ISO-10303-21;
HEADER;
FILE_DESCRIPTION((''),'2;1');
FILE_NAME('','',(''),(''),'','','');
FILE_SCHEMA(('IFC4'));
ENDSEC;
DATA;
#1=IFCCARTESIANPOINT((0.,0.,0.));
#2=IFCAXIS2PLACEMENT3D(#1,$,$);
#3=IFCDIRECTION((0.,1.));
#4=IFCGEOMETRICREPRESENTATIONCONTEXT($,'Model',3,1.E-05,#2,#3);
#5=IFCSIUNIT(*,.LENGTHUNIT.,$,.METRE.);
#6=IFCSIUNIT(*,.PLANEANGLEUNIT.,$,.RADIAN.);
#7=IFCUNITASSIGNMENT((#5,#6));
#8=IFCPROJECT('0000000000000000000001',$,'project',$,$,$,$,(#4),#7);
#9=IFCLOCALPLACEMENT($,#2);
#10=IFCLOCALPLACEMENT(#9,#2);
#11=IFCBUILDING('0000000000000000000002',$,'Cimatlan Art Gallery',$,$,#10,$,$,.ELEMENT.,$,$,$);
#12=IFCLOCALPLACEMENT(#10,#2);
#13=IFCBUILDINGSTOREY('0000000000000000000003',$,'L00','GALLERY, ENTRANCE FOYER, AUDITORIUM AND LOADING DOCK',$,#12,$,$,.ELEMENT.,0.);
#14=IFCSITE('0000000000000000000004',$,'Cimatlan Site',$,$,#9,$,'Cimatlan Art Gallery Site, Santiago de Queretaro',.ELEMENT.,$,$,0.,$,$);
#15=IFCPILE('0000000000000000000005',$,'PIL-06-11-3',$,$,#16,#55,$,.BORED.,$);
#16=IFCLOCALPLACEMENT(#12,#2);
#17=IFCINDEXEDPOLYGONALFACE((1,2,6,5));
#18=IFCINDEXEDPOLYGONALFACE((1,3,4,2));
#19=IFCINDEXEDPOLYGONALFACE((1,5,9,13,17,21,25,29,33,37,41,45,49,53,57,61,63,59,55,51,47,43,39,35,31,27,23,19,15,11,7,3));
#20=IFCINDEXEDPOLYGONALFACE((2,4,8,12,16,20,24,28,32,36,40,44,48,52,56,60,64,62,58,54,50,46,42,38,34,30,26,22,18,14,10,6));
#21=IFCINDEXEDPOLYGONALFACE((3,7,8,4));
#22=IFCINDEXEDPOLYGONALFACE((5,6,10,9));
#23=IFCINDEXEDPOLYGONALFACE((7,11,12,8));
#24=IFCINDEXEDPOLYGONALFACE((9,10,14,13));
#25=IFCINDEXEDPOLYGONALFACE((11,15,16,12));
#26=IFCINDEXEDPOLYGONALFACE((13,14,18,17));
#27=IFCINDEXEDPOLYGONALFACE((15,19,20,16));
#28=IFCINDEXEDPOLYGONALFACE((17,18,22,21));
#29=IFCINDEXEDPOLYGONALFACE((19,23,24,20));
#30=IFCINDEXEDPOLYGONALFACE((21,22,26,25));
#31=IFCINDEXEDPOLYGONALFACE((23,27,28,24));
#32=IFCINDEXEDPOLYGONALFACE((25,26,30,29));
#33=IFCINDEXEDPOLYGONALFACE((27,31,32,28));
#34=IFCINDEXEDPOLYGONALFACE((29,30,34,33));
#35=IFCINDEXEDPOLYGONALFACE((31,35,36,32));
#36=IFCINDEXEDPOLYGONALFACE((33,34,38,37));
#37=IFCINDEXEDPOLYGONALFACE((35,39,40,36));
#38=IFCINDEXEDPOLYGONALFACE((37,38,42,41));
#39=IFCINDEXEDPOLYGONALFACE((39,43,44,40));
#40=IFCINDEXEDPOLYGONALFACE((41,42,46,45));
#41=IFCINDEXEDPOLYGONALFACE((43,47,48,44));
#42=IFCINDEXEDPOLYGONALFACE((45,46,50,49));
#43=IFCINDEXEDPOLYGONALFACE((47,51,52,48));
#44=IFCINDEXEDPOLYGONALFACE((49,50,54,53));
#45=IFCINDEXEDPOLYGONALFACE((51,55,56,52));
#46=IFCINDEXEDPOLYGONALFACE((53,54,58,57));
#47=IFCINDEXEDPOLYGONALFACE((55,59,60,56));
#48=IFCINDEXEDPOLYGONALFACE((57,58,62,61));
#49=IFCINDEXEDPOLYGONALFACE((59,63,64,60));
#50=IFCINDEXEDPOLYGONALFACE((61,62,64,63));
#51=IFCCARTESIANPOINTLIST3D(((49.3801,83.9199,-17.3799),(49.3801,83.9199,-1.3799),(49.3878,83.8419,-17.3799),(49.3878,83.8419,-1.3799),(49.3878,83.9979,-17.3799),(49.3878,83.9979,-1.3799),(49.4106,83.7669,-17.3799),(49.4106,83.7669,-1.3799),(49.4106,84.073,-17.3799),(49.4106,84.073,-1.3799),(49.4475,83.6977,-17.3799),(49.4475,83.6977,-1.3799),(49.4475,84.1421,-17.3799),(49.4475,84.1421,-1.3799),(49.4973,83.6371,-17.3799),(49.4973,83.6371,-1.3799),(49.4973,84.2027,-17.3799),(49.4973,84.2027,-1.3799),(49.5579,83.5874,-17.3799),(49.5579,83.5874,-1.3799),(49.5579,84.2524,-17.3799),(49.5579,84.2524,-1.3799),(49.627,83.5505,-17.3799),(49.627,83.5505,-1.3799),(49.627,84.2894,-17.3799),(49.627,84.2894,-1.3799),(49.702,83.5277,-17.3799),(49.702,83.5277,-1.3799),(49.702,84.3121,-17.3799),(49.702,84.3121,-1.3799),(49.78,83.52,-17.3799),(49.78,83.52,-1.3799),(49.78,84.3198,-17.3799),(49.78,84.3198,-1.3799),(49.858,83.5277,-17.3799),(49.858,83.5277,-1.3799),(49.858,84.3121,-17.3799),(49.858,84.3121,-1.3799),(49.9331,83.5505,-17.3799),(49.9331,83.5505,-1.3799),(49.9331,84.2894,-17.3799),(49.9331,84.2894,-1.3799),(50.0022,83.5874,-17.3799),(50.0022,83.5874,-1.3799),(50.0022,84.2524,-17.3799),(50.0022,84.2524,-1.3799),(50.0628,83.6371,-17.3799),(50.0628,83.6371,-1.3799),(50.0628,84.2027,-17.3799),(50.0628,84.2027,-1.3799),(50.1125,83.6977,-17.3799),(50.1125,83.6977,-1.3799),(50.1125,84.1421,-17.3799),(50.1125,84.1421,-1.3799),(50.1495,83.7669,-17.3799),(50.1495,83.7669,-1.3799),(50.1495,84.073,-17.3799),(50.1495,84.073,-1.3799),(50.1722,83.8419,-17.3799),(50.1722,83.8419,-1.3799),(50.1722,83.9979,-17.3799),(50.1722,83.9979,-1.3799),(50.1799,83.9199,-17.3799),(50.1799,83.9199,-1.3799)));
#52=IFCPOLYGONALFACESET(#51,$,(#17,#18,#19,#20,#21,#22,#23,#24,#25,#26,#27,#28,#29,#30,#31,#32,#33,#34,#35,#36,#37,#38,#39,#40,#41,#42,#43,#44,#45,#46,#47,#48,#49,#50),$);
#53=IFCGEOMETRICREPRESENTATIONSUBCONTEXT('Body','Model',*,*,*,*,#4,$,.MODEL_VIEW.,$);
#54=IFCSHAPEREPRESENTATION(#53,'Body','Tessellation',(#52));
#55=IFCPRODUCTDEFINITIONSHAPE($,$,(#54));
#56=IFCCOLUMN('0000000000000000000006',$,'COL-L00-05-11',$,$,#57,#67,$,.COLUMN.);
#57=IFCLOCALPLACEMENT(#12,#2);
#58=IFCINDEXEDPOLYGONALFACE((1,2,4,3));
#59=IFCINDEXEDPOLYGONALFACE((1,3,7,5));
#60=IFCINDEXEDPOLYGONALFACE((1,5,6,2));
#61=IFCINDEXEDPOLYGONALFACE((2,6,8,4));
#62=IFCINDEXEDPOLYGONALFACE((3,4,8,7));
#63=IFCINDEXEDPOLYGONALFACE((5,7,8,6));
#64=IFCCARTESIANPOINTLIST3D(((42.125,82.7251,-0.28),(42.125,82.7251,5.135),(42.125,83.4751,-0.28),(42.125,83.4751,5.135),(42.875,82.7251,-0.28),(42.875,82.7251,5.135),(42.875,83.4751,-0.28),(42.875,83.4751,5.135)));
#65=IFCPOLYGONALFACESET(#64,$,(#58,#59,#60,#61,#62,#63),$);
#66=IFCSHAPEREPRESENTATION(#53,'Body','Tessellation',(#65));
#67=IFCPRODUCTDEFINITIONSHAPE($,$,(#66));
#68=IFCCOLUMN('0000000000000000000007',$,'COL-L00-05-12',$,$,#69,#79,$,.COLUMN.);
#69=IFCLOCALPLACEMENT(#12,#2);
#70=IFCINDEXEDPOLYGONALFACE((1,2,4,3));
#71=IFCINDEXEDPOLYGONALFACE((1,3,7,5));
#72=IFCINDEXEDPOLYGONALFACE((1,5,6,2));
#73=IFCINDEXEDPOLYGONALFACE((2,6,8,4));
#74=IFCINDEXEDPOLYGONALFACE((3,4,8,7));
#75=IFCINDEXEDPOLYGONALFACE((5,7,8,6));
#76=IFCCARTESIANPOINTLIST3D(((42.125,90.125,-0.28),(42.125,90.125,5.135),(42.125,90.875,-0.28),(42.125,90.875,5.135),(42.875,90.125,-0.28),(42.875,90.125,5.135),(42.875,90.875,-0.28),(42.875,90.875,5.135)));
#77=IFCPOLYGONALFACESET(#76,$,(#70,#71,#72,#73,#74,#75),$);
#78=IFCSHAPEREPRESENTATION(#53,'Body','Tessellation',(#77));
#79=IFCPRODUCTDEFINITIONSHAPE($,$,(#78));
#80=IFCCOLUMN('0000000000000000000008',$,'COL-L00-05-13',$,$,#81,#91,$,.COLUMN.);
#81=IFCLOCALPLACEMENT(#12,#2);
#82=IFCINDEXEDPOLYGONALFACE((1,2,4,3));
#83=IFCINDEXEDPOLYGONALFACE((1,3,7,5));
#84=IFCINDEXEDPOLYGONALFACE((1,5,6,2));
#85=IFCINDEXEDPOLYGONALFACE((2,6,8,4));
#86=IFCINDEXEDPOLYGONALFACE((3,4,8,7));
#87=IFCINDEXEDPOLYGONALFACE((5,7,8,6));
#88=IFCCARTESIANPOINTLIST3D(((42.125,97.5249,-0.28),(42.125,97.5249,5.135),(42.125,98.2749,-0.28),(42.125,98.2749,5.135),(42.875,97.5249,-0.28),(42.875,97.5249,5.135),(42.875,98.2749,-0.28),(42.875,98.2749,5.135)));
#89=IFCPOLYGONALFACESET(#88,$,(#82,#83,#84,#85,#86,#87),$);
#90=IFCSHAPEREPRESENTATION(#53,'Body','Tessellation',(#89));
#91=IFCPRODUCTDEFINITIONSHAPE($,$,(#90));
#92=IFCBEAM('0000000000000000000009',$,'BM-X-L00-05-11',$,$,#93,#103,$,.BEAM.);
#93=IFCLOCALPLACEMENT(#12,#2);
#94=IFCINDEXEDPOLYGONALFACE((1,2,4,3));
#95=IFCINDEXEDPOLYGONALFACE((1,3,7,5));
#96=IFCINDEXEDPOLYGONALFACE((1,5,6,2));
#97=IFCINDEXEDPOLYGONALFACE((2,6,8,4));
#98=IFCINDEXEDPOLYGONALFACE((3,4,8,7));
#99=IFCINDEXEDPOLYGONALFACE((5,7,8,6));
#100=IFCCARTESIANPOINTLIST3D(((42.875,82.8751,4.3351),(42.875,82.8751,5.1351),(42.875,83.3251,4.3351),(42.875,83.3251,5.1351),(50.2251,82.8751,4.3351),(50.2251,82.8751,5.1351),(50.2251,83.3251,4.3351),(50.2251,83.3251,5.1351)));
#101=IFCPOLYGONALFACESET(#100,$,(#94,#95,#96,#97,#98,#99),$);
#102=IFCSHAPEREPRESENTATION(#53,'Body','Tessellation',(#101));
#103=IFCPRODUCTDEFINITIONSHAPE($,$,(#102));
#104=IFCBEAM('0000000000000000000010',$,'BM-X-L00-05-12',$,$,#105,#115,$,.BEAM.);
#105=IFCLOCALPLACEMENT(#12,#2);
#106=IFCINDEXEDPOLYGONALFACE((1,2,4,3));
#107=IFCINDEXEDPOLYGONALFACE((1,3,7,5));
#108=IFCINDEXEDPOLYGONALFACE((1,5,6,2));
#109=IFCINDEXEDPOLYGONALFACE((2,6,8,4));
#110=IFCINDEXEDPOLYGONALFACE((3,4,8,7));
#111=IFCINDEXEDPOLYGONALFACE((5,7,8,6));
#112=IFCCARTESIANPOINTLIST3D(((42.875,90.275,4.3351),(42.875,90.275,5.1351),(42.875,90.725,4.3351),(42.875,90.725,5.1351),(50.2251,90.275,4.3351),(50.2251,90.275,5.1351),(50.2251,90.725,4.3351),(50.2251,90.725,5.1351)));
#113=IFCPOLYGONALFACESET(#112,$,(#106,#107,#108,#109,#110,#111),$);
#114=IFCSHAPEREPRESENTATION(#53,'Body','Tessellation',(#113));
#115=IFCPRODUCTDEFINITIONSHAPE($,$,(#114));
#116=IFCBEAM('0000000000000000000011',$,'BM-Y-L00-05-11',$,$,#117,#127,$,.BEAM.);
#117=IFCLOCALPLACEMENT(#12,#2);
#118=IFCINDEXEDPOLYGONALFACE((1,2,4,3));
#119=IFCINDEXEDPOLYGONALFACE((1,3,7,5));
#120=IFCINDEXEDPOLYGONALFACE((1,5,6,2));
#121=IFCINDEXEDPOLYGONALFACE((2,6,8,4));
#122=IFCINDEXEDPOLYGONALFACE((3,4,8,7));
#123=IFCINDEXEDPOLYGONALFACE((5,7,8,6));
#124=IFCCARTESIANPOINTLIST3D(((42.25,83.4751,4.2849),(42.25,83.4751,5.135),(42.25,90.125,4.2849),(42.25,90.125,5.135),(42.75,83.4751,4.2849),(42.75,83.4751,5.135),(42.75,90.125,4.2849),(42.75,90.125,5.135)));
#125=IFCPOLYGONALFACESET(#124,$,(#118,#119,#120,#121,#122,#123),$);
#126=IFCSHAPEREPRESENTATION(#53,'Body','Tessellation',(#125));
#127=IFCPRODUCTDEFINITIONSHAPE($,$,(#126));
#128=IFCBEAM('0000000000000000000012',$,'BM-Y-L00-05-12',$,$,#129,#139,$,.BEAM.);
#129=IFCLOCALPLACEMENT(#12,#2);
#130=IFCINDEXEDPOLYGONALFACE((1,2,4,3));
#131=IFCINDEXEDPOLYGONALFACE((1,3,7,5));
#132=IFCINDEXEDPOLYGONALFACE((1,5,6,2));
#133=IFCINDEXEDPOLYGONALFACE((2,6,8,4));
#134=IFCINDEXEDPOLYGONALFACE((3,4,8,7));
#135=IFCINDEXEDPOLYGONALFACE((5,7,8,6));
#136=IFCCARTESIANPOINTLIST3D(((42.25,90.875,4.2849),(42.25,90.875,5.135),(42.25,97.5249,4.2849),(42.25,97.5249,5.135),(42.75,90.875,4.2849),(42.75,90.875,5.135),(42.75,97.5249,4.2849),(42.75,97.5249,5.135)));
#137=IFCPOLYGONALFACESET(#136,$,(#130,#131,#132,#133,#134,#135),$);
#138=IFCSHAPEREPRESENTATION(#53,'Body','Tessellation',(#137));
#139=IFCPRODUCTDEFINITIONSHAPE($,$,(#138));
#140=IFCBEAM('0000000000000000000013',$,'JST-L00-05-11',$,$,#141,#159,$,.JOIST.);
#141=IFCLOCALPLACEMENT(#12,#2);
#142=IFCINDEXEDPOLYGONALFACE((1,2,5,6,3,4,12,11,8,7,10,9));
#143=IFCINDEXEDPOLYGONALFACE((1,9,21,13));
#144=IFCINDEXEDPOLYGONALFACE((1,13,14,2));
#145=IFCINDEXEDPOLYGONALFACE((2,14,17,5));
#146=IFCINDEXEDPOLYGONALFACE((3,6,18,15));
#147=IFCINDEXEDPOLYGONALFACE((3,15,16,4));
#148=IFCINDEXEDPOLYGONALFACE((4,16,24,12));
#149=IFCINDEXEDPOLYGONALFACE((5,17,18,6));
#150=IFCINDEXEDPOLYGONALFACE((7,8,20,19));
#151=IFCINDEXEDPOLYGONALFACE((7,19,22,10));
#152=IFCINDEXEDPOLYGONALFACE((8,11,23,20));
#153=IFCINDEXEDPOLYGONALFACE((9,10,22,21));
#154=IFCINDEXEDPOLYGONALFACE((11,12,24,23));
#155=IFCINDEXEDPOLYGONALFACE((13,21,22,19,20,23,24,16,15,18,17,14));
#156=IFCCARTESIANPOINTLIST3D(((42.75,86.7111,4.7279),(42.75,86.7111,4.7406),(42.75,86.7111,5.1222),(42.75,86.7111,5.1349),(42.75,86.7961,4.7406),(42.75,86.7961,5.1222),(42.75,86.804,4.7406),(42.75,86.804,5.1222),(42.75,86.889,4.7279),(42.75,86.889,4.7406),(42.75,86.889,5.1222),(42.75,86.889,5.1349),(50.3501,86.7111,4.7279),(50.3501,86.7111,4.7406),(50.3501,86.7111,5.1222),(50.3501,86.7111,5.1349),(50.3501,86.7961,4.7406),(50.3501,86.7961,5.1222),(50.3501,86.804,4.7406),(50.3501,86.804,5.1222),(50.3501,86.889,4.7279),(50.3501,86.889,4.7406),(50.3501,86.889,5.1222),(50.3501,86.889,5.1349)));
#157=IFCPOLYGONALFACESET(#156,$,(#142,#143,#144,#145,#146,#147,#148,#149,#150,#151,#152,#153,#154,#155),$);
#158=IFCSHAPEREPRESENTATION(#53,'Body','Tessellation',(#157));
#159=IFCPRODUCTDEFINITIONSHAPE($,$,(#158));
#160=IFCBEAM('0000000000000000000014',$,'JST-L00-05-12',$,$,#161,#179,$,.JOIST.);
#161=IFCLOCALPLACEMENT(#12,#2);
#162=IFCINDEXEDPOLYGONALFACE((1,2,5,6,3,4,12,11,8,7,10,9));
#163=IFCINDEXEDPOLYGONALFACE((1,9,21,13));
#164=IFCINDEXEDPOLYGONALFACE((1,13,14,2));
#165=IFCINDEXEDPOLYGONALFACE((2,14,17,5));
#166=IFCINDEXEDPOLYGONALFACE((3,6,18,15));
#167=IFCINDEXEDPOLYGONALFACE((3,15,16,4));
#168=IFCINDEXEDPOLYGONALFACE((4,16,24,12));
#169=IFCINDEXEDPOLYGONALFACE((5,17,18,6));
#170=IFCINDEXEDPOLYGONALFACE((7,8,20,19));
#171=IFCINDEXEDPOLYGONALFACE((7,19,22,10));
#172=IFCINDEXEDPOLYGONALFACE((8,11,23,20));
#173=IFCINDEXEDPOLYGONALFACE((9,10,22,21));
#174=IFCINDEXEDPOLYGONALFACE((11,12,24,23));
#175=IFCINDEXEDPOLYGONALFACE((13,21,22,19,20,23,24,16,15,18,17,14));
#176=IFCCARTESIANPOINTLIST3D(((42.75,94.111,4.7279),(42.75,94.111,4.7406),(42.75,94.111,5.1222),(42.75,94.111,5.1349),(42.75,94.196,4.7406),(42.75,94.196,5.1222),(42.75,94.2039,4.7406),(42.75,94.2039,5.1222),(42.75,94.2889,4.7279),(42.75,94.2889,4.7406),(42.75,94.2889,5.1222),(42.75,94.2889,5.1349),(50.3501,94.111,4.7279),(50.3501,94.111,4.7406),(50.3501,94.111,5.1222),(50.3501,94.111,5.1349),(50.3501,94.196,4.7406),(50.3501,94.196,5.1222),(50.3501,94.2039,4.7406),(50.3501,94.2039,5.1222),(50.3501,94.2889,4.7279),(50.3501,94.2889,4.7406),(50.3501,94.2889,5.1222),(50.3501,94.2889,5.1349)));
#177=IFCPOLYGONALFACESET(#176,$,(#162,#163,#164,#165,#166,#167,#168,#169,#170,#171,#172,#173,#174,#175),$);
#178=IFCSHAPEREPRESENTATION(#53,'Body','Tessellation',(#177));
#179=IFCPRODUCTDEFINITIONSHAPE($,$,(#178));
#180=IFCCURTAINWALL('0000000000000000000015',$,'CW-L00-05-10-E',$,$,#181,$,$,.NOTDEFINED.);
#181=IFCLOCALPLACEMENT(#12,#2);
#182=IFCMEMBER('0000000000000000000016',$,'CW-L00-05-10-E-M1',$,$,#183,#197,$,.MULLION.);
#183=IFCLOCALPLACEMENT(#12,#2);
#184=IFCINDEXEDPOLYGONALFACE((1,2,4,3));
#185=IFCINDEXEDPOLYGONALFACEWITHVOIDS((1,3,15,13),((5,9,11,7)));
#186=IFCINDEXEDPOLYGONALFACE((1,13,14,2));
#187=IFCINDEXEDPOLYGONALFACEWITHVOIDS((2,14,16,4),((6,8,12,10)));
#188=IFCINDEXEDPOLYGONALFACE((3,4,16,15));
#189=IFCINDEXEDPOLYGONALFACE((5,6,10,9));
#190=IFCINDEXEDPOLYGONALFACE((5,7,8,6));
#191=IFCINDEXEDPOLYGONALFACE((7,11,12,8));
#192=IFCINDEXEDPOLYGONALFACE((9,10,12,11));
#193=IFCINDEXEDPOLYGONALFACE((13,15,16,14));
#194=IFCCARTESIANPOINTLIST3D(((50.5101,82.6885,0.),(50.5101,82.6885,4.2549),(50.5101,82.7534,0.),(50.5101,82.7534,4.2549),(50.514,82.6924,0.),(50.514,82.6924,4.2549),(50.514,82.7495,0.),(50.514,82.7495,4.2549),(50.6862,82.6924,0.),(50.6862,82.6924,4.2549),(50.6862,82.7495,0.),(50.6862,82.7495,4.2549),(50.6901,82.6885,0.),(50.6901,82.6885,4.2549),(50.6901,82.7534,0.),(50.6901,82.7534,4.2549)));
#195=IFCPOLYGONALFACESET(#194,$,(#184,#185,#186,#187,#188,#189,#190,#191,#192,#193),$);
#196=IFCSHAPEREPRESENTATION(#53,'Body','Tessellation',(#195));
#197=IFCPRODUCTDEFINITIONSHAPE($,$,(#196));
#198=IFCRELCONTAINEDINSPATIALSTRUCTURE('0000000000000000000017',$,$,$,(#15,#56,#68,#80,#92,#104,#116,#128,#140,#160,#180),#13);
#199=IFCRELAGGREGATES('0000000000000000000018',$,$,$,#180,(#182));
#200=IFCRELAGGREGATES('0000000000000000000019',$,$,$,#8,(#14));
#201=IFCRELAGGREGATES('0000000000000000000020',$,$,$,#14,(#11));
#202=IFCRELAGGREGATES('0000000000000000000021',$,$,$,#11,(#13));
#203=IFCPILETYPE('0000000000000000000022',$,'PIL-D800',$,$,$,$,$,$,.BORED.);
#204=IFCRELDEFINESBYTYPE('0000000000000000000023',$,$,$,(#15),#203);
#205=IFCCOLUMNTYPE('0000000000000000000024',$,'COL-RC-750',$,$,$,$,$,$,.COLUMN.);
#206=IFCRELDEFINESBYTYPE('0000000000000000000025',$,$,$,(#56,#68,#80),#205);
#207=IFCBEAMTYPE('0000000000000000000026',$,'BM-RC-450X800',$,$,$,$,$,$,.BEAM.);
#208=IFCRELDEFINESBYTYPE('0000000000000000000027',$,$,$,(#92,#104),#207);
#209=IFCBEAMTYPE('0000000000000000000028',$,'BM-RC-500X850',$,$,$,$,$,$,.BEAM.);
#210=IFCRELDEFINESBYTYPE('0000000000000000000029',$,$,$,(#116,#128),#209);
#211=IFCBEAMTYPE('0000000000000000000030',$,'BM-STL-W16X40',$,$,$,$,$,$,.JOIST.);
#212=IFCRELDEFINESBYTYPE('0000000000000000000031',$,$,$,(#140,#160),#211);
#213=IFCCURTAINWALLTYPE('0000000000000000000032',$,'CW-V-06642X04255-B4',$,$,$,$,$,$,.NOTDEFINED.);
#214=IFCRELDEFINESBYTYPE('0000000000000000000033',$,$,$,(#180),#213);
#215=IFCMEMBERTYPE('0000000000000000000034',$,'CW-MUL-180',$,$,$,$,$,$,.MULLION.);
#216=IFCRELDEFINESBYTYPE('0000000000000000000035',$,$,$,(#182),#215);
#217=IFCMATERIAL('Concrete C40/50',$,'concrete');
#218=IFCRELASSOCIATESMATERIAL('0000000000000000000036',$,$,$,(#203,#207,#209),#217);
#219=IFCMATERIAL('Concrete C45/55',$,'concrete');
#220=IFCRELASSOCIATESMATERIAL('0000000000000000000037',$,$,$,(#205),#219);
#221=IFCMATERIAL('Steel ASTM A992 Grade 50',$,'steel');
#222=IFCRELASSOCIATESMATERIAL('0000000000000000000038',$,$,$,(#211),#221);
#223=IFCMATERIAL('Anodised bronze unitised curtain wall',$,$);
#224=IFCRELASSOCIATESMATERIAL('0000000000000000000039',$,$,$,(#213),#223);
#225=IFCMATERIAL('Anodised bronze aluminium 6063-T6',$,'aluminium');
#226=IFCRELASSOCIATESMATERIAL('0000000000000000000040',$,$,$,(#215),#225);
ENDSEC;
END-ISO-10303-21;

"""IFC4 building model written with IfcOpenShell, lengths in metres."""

from ifc_helpers import new_model, si_unit, direction, frame, origin, origin_2d, place, context, subcontext, project, spatial, rectangle, hollow_rectangle, circle, i_section, extrude, material, material_profile, profile_set, type_object, element, aggregate, save


model = new_model("IFC4")

# Units and contexts
model_context = context("Model", 3, precision=1e-05, world=origin(), true_north=direction((0.0, 1.0)))
body_context = subcontext(model_context, "Body", "Model", "MODEL_VIEW")
ifc_project = project(units=[si_unit("LENGTHUNIT", "METRE"), si_unit("PLANEANGLEUNIT", "RADIAN")], contexts=[model_context])

# Site, building, storey
site_placement = place(None, origin())
site = spatial("IfcSite", under=ifc_project, at=site_placement, Name="Cimatlan Site", LongName="Cimatlan Art Gallery Site, Santiago de Queretaro", CompositionType="ELEMENT", RefElevation=0.0)
building_placement = place(site_placement, origin())
building = spatial("IfcBuilding", under=site, at=building_placement, Name="Cimatlan Art Gallery", CompositionType="ELEMENT")
storey_placement = place(building_placement, origin())
storey = spatial("IfcBuildingStorey", under=building, at=storey_placement, Name="L00", Description="GALLERY, ENTRANCE FOYER, AUDITORIUM AND LOADING DOCK", CompositionType="ELEMENT", Elevation=0.0)

# Shared definitions
ifc_material_1 = material(Name="Concrete C40/50", Category="concrete")

# Pile
pile_type_1 = type_object("IfcPileType", Name="PIL-D800", PredefinedType="BORED", material=ifc_material_1)
for number, where, z_axis, x_axis, name in (
    (1, (49.78, 83.9199, -1.3799), (0.0, 0.0, -1.0), (1.0, 0.0, 0.0), "PIL-06-11-3"),
):
    element("IfcPile", number, at=place(storey_placement, frame(where, z_axis=z_axis, x_axis=x_axis)), inside=storey, type_object=pile_type_1, Name=name, PredefinedType="BORED", context=body_context, shape_type="SweptSolid", body=[
        extrude(circle(Radius=0.3999, at=origin_2d()), origin(), (0.0, 0.0, 1.0), 16.0),
    ])

# Columns
ifc_material_2 = material(Name="Concrete C45/55", Category="concrete")
ifc_material_profile_1 = material_profile(ifc_material_2, rectangle(XDim=0.75, YDim=0.75, at=origin_2d()), Name="RC750X750")
ifc_profile_set_1 = profile_set([ifc_material_profile_1], Name="Concrete C45/55")
column_type = type_object("IfcColumnType", Name="COL-RC-750", PredefinedType="COLUMN", material=ifc_profile_set_1)
for number, where, z_axis, x_axis, name in (
    (2, (42.5, 83.1001, -0.28), (0.0, 0.0, 1.0), (1.0, 0.0, 0.0), "COL-L00-05-11"),
    (3, (42.5, 90.5, -0.28), (0.0, 0.0, 1.0), (1.0, 0.0, 0.0), "COL-L00-05-12"),
    (4, (42.5, 97.8999, -0.28), (0.0, 0.0, 1.0), (1.0, 0.0, 0.0), "COL-L00-05-13"),
):
    element("IfcColumn", number, at=place(storey_placement, frame(where, z_axis=z_axis, x_axis=x_axis)), inside=storey, type_object=column_type, Name=name, PredefinedType="COLUMN", context=body_context, shape_type="SweptSolid", body=[
        extrude(rectangle(XDim=0.75, YDim=0.75, at=origin_2d()), origin(), (0.0, 0.0, 1.0), 5.415),
    ])

# Beams
ifc_material_profile_2 = material_profile(ifc_material_1, rectangle(XDim=0.45, YDim=0.8, at=origin_2d()), Name="RC450X800")
ifc_profile_set_2 = profile_set([ifc_material_profile_2], Name="Concrete C40/50")
beam_type_1 = type_object("IfcBeamType", Name="BM-RC-450X800", PredefinedType="BEAM", material=ifc_profile_set_2)
for number, where, z_axis, x_axis, name in (
    (5, (42.875, 83.1001, 4.7351), (1.0, 0.0, 0.0), (0.0, 1.0, 0.0), "BM-X-L00-05-11"),
    (6, (42.875, 90.5, 4.7351), (1.0, 0.0, 0.0), (0.0, 1.0, 0.0), "BM-X-L00-05-12"),
):
    element("IfcBeam", number, at=place(storey_placement, frame(where, z_axis=z_axis, x_axis=x_axis)), inside=storey, type_object=beam_type_1, Name=name, PredefinedType="BEAM", context=body_context, shape_type="SweptSolid", body=[
        extrude(rectangle(XDim=0.45, YDim=0.8, at=origin_2d()), origin(), (0.0, 0.0, 1.0), 7.3501),
    ])
ifc_material_profile_3 = material_profile(ifc_material_1, rectangle(XDim=0.5, YDim=0.8501, at=origin_2d()), Name="RC500X850")
ifc_profile_set_3 = profile_set([ifc_material_profile_3], Name="Concrete C40/50")
beam_type_2 = type_object("IfcBeamType", Name="BM-RC-500X850", PredefinedType="BEAM", material=ifc_profile_set_3)
for number, where, z_axis, x_axis, name in (
    (7, (42.5, 83.4751, 4.71), (0.0, 1.0, 0.0), (-1.0, 0.0, 0.0), "BM-Y-L00-05-11"),
    (8, (42.5, 90.875, 4.71), (0.0, 1.0, 0.0), (-1.0, 0.0, 0.0), "BM-Y-L00-05-12"),
):
    element("IfcBeam", number, at=place(storey_placement, frame(where, z_axis=z_axis, x_axis=x_axis)), inside=storey, type_object=beam_type_2, Name=name, PredefinedType="BEAM", context=body_context, shape_type="SweptSolid", body=[
        extrude(rectangle(XDim=0.5, YDim=0.8501, at=origin_2d()), origin(), (0.0, 0.0, 1.0), 6.6499),
    ])
ifc_material_3 = material(Name="Steel ASTM A992 Grade 50", Category="steel")
ifc_material_profile_4 = material_profile(ifc_material_3, i_section(OverallWidth=0.178, OverallDepth=0.407, WebThickness=0.0078, FlangeThickness=0.0127, at=origin_2d()), Name="W16X40")
ifc_profile_set_4 = profile_set([ifc_material_profile_4], Name="Steel ASTM A992 Grade 50")
beam_type_3 = type_object("IfcBeamType", Name="BM-STL-W16X40", PredefinedType="JOIST", material=ifc_profile_set_4)
for number, where, z_axis, x_axis, name in (
    (9, (42.75, 86.8, 4.9314), (1.0, 0.0, 0.0), (0.0, 1.0, 0.0), "JST-L00-05-11"),
    (10, (42.75, 94.2, 4.9314), (1.0, 0.0, 0.0), (0.0, 1.0, 0.0), "JST-L00-05-12"),
):
    element("IfcBeam", number, at=place(storey_placement, frame(where, z_axis=z_axis, x_axis=x_axis)), inside=storey, type_object=beam_type_3, Name=name, PredefinedType="JOIST", context=body_context, shape_type="SweptSolid", body=[
        extrude(i_section(OverallWidth=0.178, OverallDepth=0.407, WebThickness=0.0078, FlangeThickness=0.0127, at=origin_2d()), origin(), (0.0, 0.0, 1.0), 7.6001),
    ])

# Curtain wall, member
ifc_material_4 = material(Name="Anodised bronze unitised curtain wall")
curtain_wall_type = type_object("IfcCurtainWallType", Name="CW-V-06642X04255-B4", PredefinedType="NOTDEFINED", material=ifc_material_4)
curtain_wall_placement = place(storey_placement, origin())
curtain_wall = element("IfcCurtainWall", 11, at=curtain_wall_placement, inside=storey, type_object=curtain_wall_type, Name="CW-L00-05-10-E", PredefinedType="NOTDEFINED")
ifc_material_5 = material(Name="Anodised bronze aluminium 6063-T6", Category="aluminium")
ifc_material_profile_5 = material_profile(ifc_material_5, hollow_rectangle(XDim=0.0649, YDim=0.1799, WallThickness=0.0039, at=origin_2d()), Name="ALU65X180X4")
ifc_profile_set_5 = profile_set([ifc_material_profile_5], Name="Anodised bronze aluminium 6063-T6")
member_type_1 = type_object("IfcMemberType", Name="CW-MUL-180", PredefinedType="MULLION", material=ifc_profile_set_5)
member_1_placement = place(storey_placement, frame((50.6001, 82.7209, 0.0), z_axis=(0.0, 0.0, 1.0), x_axis=(0.0, 1.0, 0.0)))
member_1 = element("IfcMember", 12, at=member_1_placement, type_object=member_type_1, Name="CW-L00-05-10-E-M1", PredefinedType="MULLION", context=body_context, shape_type="SweptSolid", body=[
    extrude(hollow_rectangle(XDim=0.0649, YDim=0.1799, WallThickness=0.0039, at=origin_2d()), origin(), (0.0, 0.0, 1.0), 4.2549),
])
aggregate(curtain_wall, [member_1])

save(model, "model.ifc")
